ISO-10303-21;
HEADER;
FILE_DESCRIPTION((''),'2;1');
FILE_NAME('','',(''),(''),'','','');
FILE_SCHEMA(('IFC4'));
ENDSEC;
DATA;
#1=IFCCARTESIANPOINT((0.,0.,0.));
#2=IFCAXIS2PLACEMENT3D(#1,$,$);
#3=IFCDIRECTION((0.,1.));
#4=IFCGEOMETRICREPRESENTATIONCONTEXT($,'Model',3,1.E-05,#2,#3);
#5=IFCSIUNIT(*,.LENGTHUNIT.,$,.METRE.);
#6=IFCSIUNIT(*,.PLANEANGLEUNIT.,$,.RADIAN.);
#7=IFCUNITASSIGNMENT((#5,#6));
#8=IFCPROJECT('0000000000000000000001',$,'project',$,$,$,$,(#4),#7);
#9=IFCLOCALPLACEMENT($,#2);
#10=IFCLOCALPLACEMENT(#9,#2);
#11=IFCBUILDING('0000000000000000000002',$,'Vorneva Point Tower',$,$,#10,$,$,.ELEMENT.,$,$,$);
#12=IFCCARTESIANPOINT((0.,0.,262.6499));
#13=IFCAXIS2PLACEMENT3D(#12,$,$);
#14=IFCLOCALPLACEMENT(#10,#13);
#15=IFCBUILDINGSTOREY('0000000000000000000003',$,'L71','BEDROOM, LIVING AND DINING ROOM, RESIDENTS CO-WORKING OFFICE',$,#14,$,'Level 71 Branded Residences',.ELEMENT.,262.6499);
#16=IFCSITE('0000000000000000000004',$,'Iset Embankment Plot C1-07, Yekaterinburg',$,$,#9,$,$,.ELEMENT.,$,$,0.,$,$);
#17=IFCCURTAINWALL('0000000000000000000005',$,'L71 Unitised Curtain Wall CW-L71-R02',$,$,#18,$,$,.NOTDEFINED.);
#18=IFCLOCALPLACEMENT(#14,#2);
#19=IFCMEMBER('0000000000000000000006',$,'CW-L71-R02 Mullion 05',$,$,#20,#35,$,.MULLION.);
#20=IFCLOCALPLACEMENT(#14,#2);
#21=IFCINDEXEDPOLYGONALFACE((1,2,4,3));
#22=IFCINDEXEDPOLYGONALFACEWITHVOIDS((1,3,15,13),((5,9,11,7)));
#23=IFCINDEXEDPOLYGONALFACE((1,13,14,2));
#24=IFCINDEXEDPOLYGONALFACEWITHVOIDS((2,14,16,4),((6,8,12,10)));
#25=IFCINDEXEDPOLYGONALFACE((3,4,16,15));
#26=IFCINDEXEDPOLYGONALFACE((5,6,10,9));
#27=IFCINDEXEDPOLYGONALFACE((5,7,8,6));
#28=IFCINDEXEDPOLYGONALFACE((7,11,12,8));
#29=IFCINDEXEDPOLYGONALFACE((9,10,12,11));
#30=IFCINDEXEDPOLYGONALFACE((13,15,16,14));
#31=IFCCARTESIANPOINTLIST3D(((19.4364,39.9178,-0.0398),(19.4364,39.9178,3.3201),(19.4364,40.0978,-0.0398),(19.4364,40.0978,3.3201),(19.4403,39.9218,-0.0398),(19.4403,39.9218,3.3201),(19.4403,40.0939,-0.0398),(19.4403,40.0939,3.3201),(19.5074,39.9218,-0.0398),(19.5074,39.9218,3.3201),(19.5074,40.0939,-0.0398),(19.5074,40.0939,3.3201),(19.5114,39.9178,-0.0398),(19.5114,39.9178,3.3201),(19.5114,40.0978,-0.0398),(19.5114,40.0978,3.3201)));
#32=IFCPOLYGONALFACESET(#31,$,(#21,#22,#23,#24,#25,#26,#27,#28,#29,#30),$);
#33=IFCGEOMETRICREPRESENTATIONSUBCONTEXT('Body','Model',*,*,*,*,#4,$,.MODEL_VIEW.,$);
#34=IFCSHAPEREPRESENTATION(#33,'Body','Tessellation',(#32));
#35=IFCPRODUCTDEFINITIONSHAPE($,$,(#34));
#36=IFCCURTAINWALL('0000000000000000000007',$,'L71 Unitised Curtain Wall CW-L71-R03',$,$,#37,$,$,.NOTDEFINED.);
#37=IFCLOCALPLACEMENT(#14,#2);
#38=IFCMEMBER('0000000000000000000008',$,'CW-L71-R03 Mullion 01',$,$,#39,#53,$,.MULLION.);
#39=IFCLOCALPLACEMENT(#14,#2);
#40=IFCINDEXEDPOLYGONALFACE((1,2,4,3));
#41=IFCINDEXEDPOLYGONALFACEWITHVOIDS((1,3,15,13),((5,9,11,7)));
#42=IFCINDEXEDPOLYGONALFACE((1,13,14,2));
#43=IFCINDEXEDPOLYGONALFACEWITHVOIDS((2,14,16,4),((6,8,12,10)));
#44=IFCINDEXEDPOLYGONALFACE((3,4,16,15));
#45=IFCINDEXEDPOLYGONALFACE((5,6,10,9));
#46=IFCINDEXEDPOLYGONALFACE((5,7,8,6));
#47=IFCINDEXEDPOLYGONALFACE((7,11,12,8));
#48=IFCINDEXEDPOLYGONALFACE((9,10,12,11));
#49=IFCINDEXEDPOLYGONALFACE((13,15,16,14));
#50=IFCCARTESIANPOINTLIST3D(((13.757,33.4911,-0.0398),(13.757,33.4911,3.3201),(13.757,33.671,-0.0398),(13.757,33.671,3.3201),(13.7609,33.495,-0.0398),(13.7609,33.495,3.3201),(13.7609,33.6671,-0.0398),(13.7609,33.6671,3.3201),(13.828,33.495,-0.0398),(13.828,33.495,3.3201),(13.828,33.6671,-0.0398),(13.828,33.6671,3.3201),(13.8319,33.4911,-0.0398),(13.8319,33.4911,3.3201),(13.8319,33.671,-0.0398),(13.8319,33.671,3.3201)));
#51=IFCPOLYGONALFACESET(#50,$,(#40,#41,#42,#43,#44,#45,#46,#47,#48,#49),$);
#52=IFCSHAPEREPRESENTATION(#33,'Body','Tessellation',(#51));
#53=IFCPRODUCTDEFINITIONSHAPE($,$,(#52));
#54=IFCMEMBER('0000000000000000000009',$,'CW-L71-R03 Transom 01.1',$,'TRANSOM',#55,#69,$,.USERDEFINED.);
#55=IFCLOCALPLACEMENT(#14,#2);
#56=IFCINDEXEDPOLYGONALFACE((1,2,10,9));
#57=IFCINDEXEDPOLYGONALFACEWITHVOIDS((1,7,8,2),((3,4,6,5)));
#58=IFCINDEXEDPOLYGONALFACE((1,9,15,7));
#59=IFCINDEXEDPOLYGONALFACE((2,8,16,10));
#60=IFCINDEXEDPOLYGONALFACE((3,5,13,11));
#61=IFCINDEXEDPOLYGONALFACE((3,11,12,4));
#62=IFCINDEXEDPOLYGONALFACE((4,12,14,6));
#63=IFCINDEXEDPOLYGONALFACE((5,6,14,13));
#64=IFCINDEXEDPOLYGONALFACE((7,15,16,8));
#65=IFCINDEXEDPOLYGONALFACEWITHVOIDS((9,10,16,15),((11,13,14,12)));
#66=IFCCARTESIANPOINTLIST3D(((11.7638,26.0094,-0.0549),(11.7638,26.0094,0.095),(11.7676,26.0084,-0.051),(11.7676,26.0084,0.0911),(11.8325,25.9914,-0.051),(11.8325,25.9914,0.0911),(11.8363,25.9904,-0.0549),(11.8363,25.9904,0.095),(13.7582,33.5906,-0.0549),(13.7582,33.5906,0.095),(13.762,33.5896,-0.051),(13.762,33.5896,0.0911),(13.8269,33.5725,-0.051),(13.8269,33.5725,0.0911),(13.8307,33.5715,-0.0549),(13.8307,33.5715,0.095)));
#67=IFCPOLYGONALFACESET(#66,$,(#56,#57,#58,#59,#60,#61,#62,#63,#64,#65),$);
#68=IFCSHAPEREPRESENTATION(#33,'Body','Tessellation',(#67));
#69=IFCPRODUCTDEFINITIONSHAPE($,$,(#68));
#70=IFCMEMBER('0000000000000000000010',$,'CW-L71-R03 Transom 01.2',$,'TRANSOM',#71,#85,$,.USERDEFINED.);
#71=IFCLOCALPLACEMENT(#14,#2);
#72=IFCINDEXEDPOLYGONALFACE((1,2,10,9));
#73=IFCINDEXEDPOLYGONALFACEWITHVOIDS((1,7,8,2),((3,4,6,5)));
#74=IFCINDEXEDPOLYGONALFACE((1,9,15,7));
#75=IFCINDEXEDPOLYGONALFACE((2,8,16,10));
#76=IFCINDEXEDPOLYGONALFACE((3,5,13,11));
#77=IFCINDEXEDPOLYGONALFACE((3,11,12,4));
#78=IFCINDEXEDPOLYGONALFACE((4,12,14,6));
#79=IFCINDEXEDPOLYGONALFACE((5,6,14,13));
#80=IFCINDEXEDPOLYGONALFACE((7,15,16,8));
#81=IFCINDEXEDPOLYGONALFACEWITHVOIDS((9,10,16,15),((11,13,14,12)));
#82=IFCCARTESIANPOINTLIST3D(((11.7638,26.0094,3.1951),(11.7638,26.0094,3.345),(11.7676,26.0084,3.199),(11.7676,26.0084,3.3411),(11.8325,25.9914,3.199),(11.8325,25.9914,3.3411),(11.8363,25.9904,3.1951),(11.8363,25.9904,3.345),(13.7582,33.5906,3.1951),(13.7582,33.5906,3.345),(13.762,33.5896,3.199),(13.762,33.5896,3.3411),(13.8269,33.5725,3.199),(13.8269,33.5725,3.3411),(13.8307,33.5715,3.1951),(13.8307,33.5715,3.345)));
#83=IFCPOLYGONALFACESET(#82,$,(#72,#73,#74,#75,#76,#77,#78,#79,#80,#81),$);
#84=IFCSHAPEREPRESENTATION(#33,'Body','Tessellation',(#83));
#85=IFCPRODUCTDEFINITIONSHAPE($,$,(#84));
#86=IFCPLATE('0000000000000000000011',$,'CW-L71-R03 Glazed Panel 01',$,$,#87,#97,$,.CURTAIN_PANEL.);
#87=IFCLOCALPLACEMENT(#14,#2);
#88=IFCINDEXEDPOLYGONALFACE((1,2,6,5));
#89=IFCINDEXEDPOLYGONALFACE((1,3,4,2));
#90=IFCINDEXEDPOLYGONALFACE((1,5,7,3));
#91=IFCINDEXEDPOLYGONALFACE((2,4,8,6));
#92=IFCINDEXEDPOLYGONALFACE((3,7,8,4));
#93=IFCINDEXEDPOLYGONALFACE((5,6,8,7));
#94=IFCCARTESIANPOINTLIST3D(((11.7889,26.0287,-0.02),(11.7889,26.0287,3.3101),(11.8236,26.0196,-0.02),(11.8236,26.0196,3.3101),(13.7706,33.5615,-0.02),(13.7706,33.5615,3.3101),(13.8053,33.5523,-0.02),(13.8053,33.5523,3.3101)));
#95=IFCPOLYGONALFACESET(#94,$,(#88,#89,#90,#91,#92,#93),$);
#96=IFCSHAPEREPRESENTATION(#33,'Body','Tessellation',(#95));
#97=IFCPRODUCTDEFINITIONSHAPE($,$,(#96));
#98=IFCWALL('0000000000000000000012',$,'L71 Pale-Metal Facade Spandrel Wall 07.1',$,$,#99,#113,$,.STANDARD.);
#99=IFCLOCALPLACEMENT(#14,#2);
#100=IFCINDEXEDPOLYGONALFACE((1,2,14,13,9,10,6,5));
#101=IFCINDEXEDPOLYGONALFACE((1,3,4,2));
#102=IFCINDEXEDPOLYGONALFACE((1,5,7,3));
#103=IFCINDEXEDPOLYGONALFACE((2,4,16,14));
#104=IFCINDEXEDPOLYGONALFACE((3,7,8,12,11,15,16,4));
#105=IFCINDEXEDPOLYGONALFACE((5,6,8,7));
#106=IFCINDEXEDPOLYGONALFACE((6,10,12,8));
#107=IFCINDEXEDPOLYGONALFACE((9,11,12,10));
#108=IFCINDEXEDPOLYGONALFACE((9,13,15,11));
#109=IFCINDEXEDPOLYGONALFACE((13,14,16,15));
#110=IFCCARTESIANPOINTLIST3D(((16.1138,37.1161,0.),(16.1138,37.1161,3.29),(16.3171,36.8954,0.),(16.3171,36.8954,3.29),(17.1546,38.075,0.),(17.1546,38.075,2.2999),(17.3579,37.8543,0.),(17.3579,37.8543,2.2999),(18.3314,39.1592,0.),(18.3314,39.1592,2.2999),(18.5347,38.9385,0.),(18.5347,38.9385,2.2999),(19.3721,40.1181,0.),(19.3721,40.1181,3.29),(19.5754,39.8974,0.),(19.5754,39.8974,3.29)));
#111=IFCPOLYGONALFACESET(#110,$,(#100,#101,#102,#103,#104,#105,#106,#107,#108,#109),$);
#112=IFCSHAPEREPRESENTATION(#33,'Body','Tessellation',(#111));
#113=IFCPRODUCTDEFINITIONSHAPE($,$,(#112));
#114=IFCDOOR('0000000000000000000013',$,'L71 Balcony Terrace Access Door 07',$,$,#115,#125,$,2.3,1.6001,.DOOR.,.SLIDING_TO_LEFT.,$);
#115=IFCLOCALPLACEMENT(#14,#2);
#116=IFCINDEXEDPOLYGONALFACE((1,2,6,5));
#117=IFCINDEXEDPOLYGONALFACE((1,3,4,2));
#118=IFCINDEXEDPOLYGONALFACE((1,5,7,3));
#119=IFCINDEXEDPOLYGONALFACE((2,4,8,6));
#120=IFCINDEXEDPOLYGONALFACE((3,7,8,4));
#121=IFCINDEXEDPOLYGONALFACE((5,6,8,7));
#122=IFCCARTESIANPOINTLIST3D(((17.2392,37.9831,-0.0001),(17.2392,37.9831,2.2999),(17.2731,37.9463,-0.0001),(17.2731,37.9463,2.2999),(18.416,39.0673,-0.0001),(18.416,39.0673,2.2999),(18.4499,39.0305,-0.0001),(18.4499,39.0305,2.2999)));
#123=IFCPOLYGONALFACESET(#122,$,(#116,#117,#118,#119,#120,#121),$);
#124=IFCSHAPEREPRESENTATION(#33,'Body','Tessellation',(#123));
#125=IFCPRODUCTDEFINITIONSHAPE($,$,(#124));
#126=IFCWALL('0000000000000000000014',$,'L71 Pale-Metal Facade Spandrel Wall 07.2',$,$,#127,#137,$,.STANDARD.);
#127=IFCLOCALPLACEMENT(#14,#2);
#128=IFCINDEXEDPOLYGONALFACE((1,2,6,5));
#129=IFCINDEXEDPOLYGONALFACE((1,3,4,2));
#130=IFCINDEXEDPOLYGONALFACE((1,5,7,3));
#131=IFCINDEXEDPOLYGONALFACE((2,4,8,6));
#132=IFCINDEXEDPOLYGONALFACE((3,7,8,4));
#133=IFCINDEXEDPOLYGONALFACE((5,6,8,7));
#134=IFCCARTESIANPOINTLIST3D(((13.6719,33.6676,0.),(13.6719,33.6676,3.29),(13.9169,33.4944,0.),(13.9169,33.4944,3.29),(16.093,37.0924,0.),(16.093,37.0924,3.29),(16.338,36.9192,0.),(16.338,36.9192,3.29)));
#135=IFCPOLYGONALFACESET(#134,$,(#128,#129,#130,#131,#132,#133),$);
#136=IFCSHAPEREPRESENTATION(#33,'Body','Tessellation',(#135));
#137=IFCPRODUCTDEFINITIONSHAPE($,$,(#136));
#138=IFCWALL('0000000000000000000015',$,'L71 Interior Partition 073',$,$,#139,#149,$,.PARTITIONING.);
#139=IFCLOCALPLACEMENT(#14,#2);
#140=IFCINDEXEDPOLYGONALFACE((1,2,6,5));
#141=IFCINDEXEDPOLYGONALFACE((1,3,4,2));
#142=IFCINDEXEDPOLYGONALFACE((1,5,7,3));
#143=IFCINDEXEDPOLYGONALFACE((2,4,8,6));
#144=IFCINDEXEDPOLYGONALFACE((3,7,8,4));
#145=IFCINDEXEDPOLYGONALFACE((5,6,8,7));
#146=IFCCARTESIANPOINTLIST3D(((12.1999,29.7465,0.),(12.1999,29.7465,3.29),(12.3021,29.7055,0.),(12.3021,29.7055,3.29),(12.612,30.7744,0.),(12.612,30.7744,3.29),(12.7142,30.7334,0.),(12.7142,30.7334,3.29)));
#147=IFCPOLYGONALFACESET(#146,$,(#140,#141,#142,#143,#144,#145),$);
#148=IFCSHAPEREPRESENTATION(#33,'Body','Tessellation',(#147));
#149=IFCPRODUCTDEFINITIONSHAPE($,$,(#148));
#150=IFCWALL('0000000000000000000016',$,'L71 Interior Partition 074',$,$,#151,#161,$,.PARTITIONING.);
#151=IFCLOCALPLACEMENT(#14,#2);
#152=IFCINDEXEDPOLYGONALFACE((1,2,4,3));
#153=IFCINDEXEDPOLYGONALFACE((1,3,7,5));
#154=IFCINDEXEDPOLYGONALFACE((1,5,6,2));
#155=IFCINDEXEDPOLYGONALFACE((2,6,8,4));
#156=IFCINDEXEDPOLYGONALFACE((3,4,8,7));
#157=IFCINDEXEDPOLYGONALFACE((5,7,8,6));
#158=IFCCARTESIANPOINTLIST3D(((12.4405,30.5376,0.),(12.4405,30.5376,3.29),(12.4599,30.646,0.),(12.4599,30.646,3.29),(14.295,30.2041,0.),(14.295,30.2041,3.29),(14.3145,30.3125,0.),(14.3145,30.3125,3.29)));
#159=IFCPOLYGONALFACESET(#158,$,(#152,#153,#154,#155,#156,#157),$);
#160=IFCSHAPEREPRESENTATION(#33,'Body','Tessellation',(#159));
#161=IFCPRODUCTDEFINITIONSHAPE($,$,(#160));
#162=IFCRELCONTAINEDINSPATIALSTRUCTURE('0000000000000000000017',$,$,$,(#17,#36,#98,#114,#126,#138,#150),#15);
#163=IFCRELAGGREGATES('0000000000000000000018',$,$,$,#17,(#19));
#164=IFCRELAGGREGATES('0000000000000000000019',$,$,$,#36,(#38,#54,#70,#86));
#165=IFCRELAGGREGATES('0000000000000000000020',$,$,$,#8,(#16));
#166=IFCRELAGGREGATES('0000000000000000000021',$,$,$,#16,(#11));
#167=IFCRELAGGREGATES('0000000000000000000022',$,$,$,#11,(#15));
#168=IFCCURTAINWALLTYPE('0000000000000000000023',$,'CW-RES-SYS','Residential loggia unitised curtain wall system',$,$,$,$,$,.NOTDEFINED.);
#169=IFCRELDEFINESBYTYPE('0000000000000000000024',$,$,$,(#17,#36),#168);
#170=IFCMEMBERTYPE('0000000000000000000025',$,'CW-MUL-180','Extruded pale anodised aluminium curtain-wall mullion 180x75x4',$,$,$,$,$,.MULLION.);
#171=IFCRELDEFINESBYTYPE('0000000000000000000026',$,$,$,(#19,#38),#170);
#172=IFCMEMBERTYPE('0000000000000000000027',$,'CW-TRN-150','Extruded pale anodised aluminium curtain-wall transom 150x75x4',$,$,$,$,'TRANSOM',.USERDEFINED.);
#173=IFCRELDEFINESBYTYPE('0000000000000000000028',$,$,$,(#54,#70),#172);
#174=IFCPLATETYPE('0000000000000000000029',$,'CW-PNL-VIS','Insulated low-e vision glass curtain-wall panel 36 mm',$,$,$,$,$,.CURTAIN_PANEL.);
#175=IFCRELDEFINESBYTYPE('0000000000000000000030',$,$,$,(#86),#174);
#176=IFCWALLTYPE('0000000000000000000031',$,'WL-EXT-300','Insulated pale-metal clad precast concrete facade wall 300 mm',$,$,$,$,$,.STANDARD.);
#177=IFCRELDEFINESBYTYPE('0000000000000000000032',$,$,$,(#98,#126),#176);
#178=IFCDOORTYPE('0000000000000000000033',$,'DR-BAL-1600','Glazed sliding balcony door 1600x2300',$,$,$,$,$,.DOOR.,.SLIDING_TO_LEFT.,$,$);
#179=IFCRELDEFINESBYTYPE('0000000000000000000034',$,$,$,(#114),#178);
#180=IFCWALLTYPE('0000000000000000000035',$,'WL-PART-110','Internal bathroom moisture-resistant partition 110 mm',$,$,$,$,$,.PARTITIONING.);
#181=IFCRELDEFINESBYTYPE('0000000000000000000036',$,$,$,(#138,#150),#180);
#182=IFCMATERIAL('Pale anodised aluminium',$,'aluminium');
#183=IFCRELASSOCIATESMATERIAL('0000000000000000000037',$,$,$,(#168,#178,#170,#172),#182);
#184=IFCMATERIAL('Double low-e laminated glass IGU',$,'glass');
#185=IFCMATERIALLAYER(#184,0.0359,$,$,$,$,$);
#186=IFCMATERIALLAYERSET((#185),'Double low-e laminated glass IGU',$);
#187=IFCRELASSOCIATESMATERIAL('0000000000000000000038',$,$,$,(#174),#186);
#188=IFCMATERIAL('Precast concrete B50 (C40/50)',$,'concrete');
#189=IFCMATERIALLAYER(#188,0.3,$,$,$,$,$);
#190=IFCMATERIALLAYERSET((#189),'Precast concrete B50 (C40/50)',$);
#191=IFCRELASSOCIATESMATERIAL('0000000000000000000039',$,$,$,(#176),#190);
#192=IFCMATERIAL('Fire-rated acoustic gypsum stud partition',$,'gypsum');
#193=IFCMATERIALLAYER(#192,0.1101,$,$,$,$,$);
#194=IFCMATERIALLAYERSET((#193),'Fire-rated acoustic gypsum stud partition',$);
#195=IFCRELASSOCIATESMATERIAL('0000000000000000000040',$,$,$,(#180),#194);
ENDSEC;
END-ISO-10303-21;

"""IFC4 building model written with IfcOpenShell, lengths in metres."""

from ifc_helpers import new_model, si_unit, direction, frame, frame_2d, origin, origin_2d, place, context, subcontext, project, spatial, rectangle, hollow_rectangle, extrude, material, layer, layer_set, material_profile, profile_set, type_object, element, fill, aggregate, save


model = new_model("IFC4")

# Units and contexts
model_context = context("Model", 3, precision=1e-05, world=origin(), true_north=direction((0.0, 1.0)))
body_context = subcontext(model_context, "Body", "Model", "MODEL_VIEW")
ifc_project = project(units=[si_unit("LENGTHUNIT", "METRE"), si_unit("PLANEANGLEUNIT", "RADIAN")], contexts=[model_context])

# Site, building, storey
site_placement = place(None, origin())
site = spatial("IfcSite", under=ifc_project, at=site_placement, Name="Iset Embankment Plot C1-07, Yekaterinburg", CompositionType="ELEMENT", RefElevation=0.0)
building_placement = place(site_placement, origin())
building = spatial("IfcBuilding", under=site, at=building_placement, Name="Vorneva Point Tower", CompositionType="ELEMENT")
storey_placement = place(building_placement, frame((0.0, 0.0, 262.6499)))
storey = spatial("IfcBuildingStorey", under=building, at=storey_placement, Name="L71", Description="BEDROOM, LIVING AND DINING ROOM, RESIDENTS CO-WORKING OFFICE", LongName="Level 71 Branded Residences", CompositionType="ELEMENT", Elevation=262.6499)

# Curtain wall, member
ifc_material_1 = material(Name="Pale anodised aluminium", Category="aluminium")
curtain_wall_type = type_object("IfcCurtainWallType", Name="CW-RES-SYS", Description="Residential loggia unitised curtain wall system", PredefinedType="NOTDEFINED", material=ifc_material_1)
curtain_wall_1_placement = place(storey_placement, origin())
curtain_wall_1 = element("IfcCurtainWall", 1, at=curtain_wall_1_placement, inside=storey, type_object=curtain_wall_type, Name="L71 Unitised Curtain Wall CW-L71-R02", PredefinedType="NOTDEFINED")
ifc_material_profile_1 = material_profile(ifc_material_1, hollow_rectangle(XDim=0.075, YDim=0.1799, WallThickness=0.0039, at=origin_2d()), Name="AL-MUL 180x75x4")
ifc_profile_set_1 = profile_set([ifc_material_profile_1], Name="Pale anodised aluminium")
member_type_1 = type_object("IfcMemberType", Name="CW-MUL-180", Description="Extruded pale anodised aluminium curtain-wall mullion 180x75x4", PredefinedType="MULLION", material=ifc_profile_set_1)
member_1_placement = place(storey_placement, frame((19.4739, 40.0078, -0.0398), z_axis=(0.0, 0.0, 1.0), x_axis=(1.0, 0.0, 0.0)))
member_1 = element("IfcMember", 2, at=member_1_placement, type_object=member_type_1, Name="CW-L71-R02 Mullion 05", PredefinedType="MULLION", context=body_context, shape_type="SweptSolid", body=[
    extrude(hollow_rectangle(XDim=0.075, YDim=0.1799, WallThickness=0.0039, at=origin_2d()), origin(), (0.0, 0.0, 1.0), 3.3599),
])
aggregate(curtain_wall_1, [member_1])

# Curtain wall, members, plate
curtain_wall_2_placement = place(storey_placement, origin())
curtain_wall_2 = element("IfcCurtainWall", 3, at=curtain_wall_2_placement, inside=storey, type_object=curtain_wall_type, Name="L71 Unitised Curtain Wall CW-L71-R03", PredefinedType="NOTDEFINED")
member_2_placement = place(storey_placement, frame((13.7944, 33.5811, -0.0398), z_axis=(0.0, 0.0, 1.0), x_axis=(1.0, 0.0, 0.0)))
member_2 = element("IfcMember", 4, at=member_2_placement, type_object=member_type_1, Name="CW-L71-R03 Mullion 01", PredefinedType="MULLION", context=body_context, shape_type="SweptSolid", body=[
    extrude(hollow_rectangle(XDim=0.075, YDim=0.1799, WallThickness=0.0039, at=origin_2d()), origin(), (0.0, 0.0, 1.0), 3.3599),
])
ifc_material_profile_2 = material_profile(ifc_material_1, hollow_rectangle(XDim=0.075, YDim=0.1499, WallThickness=0.0039, at=origin_2d()), Name="AL-TRN 150x75x4")
ifc_profile_set_2 = profile_set([ifc_material_profile_2], Name="Pale anodised aluminium")
member_type_2 = type_object("IfcMemberType", Name="CW-TRN-150", Description="Extruded pale anodised aluminium curtain-wall transom 150x75x4", ElementType="TRANSOM", PredefinedType="USERDEFINED", material=ifc_profile_set_2)
member_3_placement = place(storey_placement, frame((13.7944, 33.5811, 0.02), z_axis=(-0.254418, -0.967094, 0.0), x_axis=(0.967094, -0.254418, 0.0)))
member_3 = element("IfcMember", 5, at=member_3_placement, type_object=member_type_2, Name="CW-L71-R03 Transom 01.1", ObjectType="TRANSOM", PredefinedType="USERDEFINED", context=body_context, shape_type="SweptSolid", body=[
    extrude(hollow_rectangle(XDim=0.075, YDim=0.1499, WallThickness=0.0039, at=origin_2d()), origin(), (0.0, 0.0, 1.0), 7.8391),
])
member_4_placement = place(storey_placement, frame((13.7944, 33.5811, 3.27), z_axis=(-0.254418, -0.967094, 0.0), x_axis=(0.967094, -0.254418, 0.0)))
member_4 = element("IfcMember", 6, at=member_4_placement, type_object=member_type_2, Name="CW-L71-R03 Transom 01.2", ObjectType="TRANSOM", PredefinedType="USERDEFINED", context=body_context, shape_type="SweptSolid", body=[
    extrude(hollow_rectangle(XDim=0.075, YDim=0.1499, WallThickness=0.0039, at=origin_2d()), origin(), (0.0, 0.0, 1.0), 7.8391),
])
ifc_material_2 = material(Name="Double low-e laminated glass IGU", Category="glass")
ifc_layer_1 = layer(ifc_material_2, 0.0359)
ifc_layer_set_1 = layer_set([ifc_layer_1], Name="Double low-e laminated glass IGU")
plate_type = type_object("IfcPlateType", Name="CW-PNL-VIS", Description="Insulated low-e vision glass curtain-wall panel 36 mm", PredefinedType="CURTAIN_PANEL", material=ifc_layer_set_1)
plate_placement = place(storey_placement, frame((12.7971, 29.7905, -0.02), z_axis=(0.0, 0.0, 1.0), x_axis=(-0.254416, -0.967095, 0.0)))
plate = element("IfcPlate", 7, at=plate_placement, type_object=plate_type, Name="CW-L71-R03 Glazed Panel 01", PredefinedType="CURTAIN_PANEL", context=body_context, shape_type="SweptSolid", body=[
    extrude(rectangle(XDim=7.7891, YDim=0.0359, at=origin_2d()), origin(), (0.0, 0.0, 1.0), 3.3301),
])
aggregate(curtain_wall_2, [member_2, member_3, member_4, plate])

# Wall, opening, door
ifc_material_3 = material(Name="Precast concrete B50 (C40/50)", Category="concrete")
ifc_layer_2 = layer(ifc_material_3, 0.3)
ifc_layer_set_2 = layer_set([ifc_layer_2], Name="Precast concrete B50 (C40/50)")
wall_type_1 = type_object("IfcWallType", Name="WL-EXT-300", Description="Insulated pale-metal clad precast concrete facade wall 300 mm", PredefinedType="STANDARD", material=ifc_layer_set_2)
wall_1_placement = place(storey_placement, frame((19.4739, 40.0078, 0.0), z_axis=(0.0, 0.0, 1.0), x_axis=(-0.735445, -0.677584, 0.0)))
wall_1 = element("IfcWall", 8, at=wall_1_placement, inside=storey, type_object=wall_type_1, Name="L71 Pale-Metal Facade Spandrel Wall 07.1", PredefinedType="STANDARD", context=body_context, shape_type="SweptSolid", body=[
    extrude(rectangle(XDim=4.4304, YDim=0.3, at=frame_2d((2.2153, 0.0))), origin(), (0.0, 0.0, 1.0), 3.29),
])
opening_1_placement = place(wall_1_placement, frame((1.4153, 0.0, 0.0)))
opening_1 = element("IfcOpeningElement", 9, at=opening_1_placement, cuts=wall_1, PredefinedType="OPENING", context=body_context, shape_type="SweptSolid", body=[
    extrude(rectangle(XDim=1.6001, YDim=2.3, at=frame_2d((0.8, 1.1499))), frame((0.0, 0.165, 0.0), z_axis=(0.0, -1.0, 0.0), x_axis=(1.0, 0.0, 0.0)), (0.0, 0.0, 1.0), 0.3298),
])
door_type_1 = type_object("IfcDoorType", Name="DR-BAL-1600", Description="Glazed sliding balcony door 1600x2300", OperationType="SLIDING_TO_LEFT", PredefinedType="DOOR", material=ifc_material_1)
door_1_placement = place(opening_1_placement, origin())
door_1 = element("IfcDoor", 10, at=door_1_placement, inside=storey, type_object=door_type_1, Name="L71 Balcony Terrace Access Door 07", OperationType="SLIDING_TO_LEFT", OverallHeight=2.3, OverallWidth=1.6001, PredefinedType="DOOR", context=body_context, shape_type="SweptSolid", body=[
    extrude(rectangle(XDim=1.6001, YDim=2.3, at=frame_2d((0.8, 1.1499))), frame((0.0, 0.0249, 0.0), z_axis=(0.0, -1.0, 0.0), x_axis=(1.0, 0.0, 0.0)), (0.0, 0.0, 1.0), 0.05),
])
fill(opening_1, door_1)

# Walls
wall_2_placement = place(storey_placement, frame((16.2156, 37.0059, 0.0), z_axis=(0.0, 0.0, 1.0), x_axis=(-0.577261, -0.81656, 0.0)))
element("IfcWall", 11, at=wall_2_placement, inside=storey, type_object=wall_type_1, Name="L71 Pale-Metal Facade Spandrel Wall 07.2", PredefinedType="STANDARD", context=body_context, shape_type="SweptSolid", body=[
    extrude(rectangle(XDim=4.1941, YDim=0.3, at=frame_2d((2.0972, 0.0))), origin(), (0.0, 0.0, 1.0), 3.29),
])
ifc_material_4 = material(Name="Fire-rated acoustic gypsum stud partition", Category="gypsum")
ifc_layer_3 = layer(ifc_material_4, 0.1101)
ifc_layer_set_3 = layer_set([ifc_layer_3], Name="Fire-rated acoustic gypsum stud partition")
wall_type_2 = type_object("IfcWallType", Name="WL-PART-110", Description="Internal bathroom moisture-resistant partition 110 mm", PredefinedType="PARTITIONING", material=ifc_layer_set_3)
wall_3_placement = place(storey_placement, frame((12.6631, 30.7539, 0.0), z_axis=(0.0, 0.0, 1.0), x_axis=(-0.372151, -0.928172, 0.0)))
element("IfcWall", 12, at=wall_3_placement, inside=storey, type_object=wall_type_2, Name="L71 Interior Partition 073", PredefinedType="PARTITIONING", context=body_context, shape_type="SweptSolid", body=[
    extrude(rectangle(XDim=1.1074, YDim=0.1101, at=frame_2d((0.5537, 0.0))), origin(), (0.0, 0.0, 1.0), 3.29),
])
wall_4_placement = place(storey_placement, frame((12.4502, 30.5918, 0.0), z_axis=(0.0, 0.0, 1.0), x_axis=(0.984212, -0.176992, 0.0)))
element("IfcWall", 13, at=wall_4_placement, inside=storey, type_object=wall_type_2, Name="L71 Interior Partition 074", PredefinedType="PARTITIONING", context=body_context, shape_type="SweptSolid", body=[
    extrude(rectangle(XDim=1.8843, YDim=0.1101, at=frame_2d((0.9421, 0.0))), origin(), (0.0, 0.0, 1.0), 3.29),
])

save(model, "model.ifc")
